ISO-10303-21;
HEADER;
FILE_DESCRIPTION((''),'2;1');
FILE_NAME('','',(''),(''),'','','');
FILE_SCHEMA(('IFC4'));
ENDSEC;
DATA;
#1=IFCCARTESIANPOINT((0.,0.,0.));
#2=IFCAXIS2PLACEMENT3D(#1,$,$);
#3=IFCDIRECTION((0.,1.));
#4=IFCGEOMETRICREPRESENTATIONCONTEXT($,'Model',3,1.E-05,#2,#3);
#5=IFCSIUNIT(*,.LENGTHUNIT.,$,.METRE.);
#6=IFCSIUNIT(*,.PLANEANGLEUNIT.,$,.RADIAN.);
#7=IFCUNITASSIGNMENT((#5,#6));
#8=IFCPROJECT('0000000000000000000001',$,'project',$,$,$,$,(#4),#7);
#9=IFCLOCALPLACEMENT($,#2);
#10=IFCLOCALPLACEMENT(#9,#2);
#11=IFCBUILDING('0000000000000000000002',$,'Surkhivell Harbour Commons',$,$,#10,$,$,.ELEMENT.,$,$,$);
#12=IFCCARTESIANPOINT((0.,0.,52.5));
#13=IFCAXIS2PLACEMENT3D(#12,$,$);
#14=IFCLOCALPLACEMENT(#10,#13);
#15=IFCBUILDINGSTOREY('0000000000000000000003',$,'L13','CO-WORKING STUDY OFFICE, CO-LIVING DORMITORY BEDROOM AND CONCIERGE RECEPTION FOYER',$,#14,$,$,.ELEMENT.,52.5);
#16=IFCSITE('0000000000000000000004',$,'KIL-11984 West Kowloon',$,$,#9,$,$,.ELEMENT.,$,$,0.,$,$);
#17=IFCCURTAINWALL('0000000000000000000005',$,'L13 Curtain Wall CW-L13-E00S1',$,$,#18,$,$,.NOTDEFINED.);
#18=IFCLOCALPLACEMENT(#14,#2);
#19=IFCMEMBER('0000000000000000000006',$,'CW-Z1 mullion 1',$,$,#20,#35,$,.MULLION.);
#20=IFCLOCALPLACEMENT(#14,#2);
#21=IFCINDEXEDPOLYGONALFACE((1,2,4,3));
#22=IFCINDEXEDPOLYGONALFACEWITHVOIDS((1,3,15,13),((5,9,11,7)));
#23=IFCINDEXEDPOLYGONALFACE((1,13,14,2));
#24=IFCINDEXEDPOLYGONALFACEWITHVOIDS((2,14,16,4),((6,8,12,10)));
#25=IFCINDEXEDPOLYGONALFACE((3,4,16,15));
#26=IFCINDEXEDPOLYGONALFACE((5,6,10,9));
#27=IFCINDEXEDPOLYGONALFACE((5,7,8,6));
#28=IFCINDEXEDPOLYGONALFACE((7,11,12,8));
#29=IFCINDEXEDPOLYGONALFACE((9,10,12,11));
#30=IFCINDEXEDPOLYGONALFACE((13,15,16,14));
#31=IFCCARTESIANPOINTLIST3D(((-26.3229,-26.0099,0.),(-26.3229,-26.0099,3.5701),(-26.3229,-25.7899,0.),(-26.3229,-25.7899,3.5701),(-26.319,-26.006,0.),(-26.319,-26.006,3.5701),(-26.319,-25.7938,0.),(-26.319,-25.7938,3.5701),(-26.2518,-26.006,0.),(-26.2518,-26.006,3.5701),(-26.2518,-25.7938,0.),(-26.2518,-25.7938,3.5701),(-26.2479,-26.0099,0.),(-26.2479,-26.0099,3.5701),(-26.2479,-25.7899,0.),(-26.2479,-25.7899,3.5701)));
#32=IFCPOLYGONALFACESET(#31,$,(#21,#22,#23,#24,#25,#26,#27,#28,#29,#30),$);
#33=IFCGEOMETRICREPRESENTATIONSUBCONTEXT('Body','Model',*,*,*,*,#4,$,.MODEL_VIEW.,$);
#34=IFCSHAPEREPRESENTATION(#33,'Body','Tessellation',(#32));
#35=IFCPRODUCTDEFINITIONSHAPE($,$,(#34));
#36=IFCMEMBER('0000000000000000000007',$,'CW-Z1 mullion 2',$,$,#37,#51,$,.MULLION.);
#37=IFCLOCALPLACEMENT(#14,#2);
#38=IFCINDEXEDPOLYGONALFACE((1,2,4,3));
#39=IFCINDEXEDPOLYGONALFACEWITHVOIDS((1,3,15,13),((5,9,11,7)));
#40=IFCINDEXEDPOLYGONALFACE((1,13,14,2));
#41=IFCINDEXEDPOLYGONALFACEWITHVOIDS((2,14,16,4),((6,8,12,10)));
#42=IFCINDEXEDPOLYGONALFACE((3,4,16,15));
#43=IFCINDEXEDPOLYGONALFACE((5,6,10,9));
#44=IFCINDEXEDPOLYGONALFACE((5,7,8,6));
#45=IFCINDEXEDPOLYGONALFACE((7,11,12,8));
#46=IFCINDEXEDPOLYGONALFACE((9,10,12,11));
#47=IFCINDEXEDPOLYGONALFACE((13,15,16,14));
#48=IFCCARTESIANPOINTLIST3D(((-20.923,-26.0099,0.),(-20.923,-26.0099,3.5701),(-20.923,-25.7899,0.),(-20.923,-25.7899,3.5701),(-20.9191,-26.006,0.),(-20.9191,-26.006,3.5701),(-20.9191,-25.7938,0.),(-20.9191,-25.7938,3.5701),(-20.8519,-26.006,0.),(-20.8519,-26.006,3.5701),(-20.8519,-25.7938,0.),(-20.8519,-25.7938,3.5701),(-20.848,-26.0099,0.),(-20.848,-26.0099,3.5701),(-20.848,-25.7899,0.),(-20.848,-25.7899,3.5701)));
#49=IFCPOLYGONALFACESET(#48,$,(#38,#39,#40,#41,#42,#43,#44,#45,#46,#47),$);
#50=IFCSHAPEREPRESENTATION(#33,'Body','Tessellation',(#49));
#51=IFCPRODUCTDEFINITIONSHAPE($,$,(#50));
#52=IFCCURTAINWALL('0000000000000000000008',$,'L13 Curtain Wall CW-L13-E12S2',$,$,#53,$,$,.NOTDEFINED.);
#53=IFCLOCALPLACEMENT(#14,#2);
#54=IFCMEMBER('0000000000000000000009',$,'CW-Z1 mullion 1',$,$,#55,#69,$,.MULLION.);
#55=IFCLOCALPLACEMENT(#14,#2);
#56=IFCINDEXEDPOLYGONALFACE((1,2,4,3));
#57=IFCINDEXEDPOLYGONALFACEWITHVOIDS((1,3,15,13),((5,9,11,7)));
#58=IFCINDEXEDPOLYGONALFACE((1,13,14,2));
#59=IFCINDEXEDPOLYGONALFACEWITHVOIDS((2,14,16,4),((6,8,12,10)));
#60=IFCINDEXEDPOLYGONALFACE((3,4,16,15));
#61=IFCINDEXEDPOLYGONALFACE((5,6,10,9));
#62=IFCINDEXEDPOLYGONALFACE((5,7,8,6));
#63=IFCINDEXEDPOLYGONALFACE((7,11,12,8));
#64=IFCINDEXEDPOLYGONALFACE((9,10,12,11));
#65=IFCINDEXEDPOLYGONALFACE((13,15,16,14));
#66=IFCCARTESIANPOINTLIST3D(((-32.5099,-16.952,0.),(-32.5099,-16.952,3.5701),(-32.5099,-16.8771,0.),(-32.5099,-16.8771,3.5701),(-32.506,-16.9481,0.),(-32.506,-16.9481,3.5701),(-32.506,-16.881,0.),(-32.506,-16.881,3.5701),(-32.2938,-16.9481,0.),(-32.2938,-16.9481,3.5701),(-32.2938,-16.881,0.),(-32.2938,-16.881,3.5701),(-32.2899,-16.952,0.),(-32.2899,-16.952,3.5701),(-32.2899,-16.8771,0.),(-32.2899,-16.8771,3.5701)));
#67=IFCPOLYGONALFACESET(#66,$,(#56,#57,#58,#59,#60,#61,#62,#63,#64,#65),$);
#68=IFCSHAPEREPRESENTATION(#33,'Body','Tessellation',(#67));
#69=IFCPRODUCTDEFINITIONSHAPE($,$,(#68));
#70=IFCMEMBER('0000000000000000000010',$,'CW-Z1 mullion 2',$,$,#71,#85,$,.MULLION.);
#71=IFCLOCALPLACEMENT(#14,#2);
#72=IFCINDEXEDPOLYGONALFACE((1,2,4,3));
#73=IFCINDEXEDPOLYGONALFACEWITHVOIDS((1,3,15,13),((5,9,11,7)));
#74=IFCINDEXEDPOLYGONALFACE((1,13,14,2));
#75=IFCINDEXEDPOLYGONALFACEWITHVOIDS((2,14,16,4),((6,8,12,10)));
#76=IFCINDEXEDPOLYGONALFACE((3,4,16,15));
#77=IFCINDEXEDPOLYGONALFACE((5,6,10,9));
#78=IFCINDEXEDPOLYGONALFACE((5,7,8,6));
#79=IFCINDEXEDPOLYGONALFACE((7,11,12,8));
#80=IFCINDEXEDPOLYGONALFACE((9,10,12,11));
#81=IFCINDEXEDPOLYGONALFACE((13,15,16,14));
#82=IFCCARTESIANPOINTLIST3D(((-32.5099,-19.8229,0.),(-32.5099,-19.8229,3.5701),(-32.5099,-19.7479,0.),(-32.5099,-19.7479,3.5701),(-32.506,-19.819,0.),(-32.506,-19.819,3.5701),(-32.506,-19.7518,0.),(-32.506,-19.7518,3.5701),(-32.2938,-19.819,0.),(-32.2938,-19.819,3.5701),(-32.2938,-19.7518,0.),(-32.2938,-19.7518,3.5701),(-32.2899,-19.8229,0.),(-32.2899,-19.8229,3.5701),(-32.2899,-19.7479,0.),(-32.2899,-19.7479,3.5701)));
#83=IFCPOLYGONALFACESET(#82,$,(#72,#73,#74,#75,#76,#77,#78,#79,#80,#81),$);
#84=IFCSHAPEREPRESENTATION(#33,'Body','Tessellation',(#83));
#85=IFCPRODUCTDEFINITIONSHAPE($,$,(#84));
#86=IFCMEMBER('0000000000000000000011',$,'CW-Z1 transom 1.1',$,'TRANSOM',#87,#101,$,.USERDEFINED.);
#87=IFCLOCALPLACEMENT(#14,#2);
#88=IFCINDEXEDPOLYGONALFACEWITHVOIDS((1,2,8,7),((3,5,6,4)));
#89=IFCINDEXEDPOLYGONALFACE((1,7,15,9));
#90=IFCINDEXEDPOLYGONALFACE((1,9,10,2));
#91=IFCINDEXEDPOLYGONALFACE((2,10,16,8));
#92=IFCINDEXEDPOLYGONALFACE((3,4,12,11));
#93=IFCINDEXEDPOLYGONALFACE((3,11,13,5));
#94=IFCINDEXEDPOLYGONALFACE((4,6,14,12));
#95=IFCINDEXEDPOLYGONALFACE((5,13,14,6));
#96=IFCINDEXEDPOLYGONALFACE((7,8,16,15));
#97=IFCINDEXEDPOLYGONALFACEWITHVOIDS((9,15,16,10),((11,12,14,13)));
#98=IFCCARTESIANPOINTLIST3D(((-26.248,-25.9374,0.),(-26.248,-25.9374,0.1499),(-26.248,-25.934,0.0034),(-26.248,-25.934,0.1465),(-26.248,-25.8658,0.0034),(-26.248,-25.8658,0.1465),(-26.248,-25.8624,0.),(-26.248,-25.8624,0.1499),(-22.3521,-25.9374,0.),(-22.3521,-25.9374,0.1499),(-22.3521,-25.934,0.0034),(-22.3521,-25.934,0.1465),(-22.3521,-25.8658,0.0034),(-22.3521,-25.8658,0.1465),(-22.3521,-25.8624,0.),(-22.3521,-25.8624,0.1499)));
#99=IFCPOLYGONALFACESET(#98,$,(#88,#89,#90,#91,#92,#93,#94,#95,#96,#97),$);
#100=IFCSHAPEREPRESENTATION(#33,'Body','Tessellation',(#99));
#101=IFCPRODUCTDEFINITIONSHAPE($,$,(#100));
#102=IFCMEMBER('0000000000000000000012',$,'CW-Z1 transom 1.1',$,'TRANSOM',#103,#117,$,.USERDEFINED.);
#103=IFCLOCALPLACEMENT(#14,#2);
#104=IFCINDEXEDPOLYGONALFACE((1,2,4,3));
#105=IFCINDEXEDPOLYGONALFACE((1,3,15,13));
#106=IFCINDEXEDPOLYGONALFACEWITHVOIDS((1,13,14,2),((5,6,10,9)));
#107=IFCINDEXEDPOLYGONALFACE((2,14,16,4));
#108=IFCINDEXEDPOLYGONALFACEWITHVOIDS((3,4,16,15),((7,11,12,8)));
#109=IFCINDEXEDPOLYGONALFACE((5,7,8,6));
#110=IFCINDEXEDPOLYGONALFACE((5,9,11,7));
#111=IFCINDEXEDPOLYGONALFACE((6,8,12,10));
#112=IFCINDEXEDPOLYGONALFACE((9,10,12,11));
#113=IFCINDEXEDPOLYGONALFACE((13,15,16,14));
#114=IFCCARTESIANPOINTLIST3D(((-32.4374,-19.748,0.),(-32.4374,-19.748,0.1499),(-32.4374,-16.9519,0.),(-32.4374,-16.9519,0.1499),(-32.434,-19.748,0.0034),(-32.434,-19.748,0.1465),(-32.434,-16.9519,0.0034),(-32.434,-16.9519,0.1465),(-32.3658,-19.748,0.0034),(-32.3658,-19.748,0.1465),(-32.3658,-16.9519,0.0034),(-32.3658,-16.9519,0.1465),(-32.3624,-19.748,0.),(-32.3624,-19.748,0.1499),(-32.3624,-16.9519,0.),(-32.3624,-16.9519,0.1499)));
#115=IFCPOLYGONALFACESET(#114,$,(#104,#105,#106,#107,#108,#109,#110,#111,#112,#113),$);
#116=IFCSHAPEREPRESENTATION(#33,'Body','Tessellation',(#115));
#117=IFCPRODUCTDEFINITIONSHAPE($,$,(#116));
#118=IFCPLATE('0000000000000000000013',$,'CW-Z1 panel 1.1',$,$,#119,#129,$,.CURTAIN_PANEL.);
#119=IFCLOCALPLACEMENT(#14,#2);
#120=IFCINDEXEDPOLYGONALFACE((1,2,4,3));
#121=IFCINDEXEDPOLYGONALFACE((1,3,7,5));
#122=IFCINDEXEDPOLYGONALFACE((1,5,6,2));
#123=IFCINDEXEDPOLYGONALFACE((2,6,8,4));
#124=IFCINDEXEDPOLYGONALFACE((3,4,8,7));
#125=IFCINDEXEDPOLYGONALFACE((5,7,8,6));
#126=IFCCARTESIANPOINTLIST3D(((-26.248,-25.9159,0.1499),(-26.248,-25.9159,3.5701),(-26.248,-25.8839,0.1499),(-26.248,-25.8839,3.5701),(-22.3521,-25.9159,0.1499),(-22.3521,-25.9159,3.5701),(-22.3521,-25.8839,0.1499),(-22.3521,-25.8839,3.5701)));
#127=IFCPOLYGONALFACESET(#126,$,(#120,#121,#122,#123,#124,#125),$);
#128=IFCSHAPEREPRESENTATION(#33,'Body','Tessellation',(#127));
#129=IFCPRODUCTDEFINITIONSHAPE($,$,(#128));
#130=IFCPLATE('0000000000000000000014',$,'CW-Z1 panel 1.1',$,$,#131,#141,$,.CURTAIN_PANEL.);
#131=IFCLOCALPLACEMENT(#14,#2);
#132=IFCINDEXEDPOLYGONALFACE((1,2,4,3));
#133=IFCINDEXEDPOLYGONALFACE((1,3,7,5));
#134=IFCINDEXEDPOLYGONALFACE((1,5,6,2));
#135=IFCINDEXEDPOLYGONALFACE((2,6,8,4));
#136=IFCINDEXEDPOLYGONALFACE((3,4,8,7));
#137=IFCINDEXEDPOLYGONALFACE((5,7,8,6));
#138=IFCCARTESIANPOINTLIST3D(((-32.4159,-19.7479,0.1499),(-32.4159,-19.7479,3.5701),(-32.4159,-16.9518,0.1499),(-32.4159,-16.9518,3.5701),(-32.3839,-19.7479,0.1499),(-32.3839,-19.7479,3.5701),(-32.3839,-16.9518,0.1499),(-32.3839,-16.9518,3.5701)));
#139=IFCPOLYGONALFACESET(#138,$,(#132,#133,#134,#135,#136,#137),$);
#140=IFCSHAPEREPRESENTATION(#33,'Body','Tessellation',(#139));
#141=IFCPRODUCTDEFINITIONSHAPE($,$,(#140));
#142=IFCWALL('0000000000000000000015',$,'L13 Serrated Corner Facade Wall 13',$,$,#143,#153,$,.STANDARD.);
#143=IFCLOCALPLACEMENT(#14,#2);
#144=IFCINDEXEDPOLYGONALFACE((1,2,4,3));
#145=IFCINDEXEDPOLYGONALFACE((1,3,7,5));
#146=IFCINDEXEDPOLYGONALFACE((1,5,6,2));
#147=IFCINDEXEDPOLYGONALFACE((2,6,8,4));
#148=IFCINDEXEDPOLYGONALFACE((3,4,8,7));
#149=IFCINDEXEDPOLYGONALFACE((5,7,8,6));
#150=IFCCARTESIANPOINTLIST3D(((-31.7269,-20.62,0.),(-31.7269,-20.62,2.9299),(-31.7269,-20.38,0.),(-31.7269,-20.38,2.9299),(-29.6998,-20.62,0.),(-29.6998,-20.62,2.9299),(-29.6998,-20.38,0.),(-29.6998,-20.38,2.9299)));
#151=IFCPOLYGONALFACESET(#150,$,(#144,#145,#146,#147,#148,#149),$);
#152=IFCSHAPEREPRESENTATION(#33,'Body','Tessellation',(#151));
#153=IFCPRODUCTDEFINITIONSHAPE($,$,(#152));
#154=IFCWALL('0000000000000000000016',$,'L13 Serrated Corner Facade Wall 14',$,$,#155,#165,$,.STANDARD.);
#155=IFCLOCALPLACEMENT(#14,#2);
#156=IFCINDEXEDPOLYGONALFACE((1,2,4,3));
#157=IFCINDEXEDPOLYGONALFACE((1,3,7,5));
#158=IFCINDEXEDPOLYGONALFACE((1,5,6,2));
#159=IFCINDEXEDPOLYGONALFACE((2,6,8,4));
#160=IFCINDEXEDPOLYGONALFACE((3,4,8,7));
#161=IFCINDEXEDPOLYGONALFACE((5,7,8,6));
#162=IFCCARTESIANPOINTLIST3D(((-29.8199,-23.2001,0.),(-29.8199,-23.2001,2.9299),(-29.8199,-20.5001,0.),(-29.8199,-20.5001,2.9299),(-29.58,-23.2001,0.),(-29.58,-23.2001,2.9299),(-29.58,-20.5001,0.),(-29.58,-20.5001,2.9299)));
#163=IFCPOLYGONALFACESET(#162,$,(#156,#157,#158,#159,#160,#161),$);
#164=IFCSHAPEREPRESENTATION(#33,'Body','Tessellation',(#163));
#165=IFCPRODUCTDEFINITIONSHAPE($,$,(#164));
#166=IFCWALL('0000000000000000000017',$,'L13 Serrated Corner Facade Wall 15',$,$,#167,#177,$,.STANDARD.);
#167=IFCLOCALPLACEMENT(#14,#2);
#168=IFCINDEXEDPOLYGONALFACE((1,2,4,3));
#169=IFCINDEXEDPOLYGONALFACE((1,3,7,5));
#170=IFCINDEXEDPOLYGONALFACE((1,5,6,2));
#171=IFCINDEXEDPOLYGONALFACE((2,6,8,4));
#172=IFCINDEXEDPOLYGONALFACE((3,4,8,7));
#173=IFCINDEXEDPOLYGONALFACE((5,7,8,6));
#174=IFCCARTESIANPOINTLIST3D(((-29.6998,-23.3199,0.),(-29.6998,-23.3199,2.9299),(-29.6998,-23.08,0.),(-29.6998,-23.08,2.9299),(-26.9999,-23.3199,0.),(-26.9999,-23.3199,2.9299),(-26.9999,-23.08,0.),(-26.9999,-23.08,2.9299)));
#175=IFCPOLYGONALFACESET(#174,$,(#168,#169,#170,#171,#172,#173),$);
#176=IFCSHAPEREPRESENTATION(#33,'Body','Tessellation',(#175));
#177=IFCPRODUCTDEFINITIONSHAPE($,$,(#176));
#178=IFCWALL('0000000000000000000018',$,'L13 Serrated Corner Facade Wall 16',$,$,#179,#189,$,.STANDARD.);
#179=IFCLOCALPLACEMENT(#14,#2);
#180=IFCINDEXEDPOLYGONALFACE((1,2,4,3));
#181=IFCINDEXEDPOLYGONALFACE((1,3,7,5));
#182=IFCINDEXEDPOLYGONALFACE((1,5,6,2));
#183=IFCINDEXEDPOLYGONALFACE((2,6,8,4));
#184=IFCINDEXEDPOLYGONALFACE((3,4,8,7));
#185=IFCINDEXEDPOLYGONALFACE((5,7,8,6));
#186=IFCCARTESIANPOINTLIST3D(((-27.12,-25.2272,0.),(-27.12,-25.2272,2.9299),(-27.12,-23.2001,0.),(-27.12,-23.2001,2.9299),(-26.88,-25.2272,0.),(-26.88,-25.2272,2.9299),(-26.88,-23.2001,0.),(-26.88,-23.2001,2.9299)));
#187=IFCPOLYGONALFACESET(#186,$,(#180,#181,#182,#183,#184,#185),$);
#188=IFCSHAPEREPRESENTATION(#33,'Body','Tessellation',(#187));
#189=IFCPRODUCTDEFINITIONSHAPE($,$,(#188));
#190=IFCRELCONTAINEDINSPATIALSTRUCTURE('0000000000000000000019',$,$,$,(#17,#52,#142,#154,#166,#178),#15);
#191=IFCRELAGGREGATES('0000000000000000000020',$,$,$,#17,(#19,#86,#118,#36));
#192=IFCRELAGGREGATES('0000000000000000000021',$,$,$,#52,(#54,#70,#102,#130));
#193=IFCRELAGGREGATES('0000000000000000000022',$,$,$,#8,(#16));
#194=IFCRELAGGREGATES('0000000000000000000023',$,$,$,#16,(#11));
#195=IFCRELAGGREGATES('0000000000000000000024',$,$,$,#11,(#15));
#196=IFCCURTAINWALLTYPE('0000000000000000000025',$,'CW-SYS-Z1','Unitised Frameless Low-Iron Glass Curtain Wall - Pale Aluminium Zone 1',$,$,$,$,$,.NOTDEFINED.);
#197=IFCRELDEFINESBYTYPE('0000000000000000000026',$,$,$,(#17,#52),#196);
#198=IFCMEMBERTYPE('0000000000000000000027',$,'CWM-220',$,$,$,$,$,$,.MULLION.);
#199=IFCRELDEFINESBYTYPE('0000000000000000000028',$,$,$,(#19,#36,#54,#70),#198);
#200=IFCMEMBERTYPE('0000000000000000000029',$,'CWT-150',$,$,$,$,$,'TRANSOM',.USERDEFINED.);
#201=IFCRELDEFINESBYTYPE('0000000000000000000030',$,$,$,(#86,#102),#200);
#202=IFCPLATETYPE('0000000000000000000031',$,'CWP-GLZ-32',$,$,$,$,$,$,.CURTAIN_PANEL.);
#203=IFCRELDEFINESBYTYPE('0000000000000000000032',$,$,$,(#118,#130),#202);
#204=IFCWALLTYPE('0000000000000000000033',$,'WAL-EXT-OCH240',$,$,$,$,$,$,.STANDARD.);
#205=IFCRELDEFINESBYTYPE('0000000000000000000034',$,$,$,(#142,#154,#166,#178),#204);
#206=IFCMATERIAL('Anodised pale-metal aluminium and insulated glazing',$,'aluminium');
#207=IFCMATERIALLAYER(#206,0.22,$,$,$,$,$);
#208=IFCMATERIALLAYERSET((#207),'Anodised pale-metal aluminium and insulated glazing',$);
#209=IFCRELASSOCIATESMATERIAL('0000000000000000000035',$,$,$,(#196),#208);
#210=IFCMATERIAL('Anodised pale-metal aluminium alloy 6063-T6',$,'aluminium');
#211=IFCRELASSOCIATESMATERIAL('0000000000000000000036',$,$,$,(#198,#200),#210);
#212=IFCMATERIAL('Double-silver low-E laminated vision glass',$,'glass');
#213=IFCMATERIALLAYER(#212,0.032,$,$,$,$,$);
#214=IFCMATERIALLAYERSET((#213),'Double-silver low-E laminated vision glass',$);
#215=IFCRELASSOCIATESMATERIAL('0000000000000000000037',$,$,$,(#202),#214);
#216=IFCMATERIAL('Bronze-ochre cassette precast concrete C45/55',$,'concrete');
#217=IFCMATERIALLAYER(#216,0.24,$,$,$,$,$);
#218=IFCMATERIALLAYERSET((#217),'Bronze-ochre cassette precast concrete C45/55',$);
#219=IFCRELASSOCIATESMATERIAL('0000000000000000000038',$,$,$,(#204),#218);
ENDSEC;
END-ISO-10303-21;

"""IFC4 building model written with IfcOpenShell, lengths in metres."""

from ifc_helpers import new_model, si_unit, direction, frame, frame_2d, origin, origin_2d, place, context, subcontext, project, spatial, rectangle, hollow_rectangle, extrude, material, layer, layer_set, material_profile, profile_set, type_object, element, aggregate, save


model = new_model("IFC4")

# Units and contexts
model_context = context("Model", 3, precision=1e-05, world=origin(), true_north=direction((0.0, 1.0)))
body_context = subcontext(model_context, "Body", "Model", "MODEL_VIEW")
ifc_project = project(units=[si_unit("LENGTHUNIT", "METRE"), si_unit("PLANEANGLEUNIT", "RADIAN")], contexts=[model_context])

# Site, building, storey
site_placement = place(None, origin())
site = spatial("IfcSite", under=ifc_project, at=site_placement, Name="KIL-11984 West Kowloon", CompositionType="ELEMENT", RefElevation=0.0)
building_placement = place(site_placement, origin())
building = spatial("IfcBuilding", under=site, at=building_placement, Name="Surkhivell Harbour Commons", CompositionType="ELEMENT")
storey_placement = place(building_placement, frame((0.0, 0.0, 52.5)))
storey = spatial("IfcBuildingStorey", under=building, at=storey_placement, Name="L13", Description="CO-WORKING STUDY OFFICE, CO-LIVING DORMITORY BEDROOM AND CONCIERGE RECEPTION FOYER", CompositionType="ELEMENT", Elevation=52.5)

# Curtain walls, members
ifc_material_1 = material(Name="Anodised pale-metal aluminium and insulated glazing", Category="aluminium")
ifc_layer_1 = layer(ifc_material_1, 0.22)
ifc_layer_set_1 = layer_set([ifc_layer_1], Name="Anodised pale-metal aluminium and insulated glazing")
curtain_wall_type = type_object("IfcCurtainWallType", Name="CW-SYS-Z1", Description="Unitised Frameless Low-Iron Glass Curtain Wall - Pale Aluminium Zone 1", PredefinedType="NOTDEFINED", material=ifc_layer_set_1)
curtain_wall_1_placement = place(storey_placement, origin())
curtain_wall_1 = element("IfcCurtainWall", 1, at=curtain_wall_1_placement, inside=storey, type_object=curtain_wall_type, Name="L13 Curtain Wall CW-L13-E00S1", PredefinedType="NOTDEFINED")
ifc_material_2 = material(Name="Anodised pale-metal aluminium alloy 6063-T6", Category="aluminium")
ifc_material_profile_1 = material_profile(ifc_material_2, hollow_rectangle(XDim=0.075, YDim=0.22, WallThickness=0.0039, at=origin_2d()), Name="ALU-MULL-75x220")
ifc_profile_set_1 = profile_set([ifc_material_profile_1], Name="Anodised pale-metal aluminium alloy 6063-T6")
member_type_1 = type_object("IfcMemberType", Name="CWM-220", PredefinedType="MULLION", material=ifc_profile_set_1)
member_1_placement = place(storey_placement, frame((-26.2854, -25.8999, 0.0), z_axis=(0.0, 0.0, 1.0), x_axis=(1.0, 0.0, 0.0)))
member_1 = element("IfcMember", 2, at=member_1_placement, type_object=member_type_1, Name="CW-Z1 mullion 1", PredefinedType="MULLION", context=body_context, shape_type="SweptSolid", body=[
    extrude(hollow_rectangle(XDim=0.075, YDim=0.22, WallThickness=0.0039, at=origin_2d()), origin(), (0.0, 0.0, 1.0), 3.5701),
])
member_2_placement = place(storey_placement, frame((-20.8855, -25.8999, 0.0), z_axis=(0.0, 0.0, 1.0), x_axis=(1.0, 0.0, 0.0)))
member_2 = element("IfcMember", 3, at=member_2_placement, type_object=member_type_1, Name="CW-Z1 mullion 2", PredefinedType="MULLION", context=body_context, shape_type="SweptSolid", body=[
    extrude(hollow_rectangle(XDim=0.075, YDim=0.22, WallThickness=0.0039, at=origin_2d()), origin(), (0.0, 0.0, 1.0), 3.5701),
])
curtain_wall_2_placement = place(storey_placement, origin())
curtain_wall_2 = element("IfcCurtainWall", 4, at=curtain_wall_2_placement, inside=storey, type_object=curtain_wall_type, Name="L13 Curtain Wall CW-L13-E12S2", PredefinedType="NOTDEFINED")
member_3_placement = place(storey_placement, frame((-32.3999, -16.9146, 0.0), z_axis=(0.0, 0.0, 1.0), x_axis=(0.0, -1.0, 0.0)))
member_3 = element("IfcMember", 5, at=member_3_placement, type_object=member_type_1, Name="CW-Z1 mullion 1", PredefinedType="MULLION", context=body_context, shape_type="SweptSolid", body=[
    extrude(hollow_rectangle(XDim=0.075, YDim=0.22, WallThickness=0.0039, at=origin_2d()), origin(), (0.0, 0.0, 1.0), 3.5701),
])
member_4_placement = place(storey_placement, frame((-32.3999, -19.7854, 0.0), z_axis=(0.0, 0.0, 1.0), x_axis=(0.0, -1.0, 0.0)))
member_4 = element("IfcMember", 6, at=member_4_placement, type_object=member_type_1, Name="CW-Z1 mullion 2", PredefinedType="MULLION", context=body_context, shape_type="SweptSolid", body=[
    extrude(hollow_rectangle(XDim=0.075, YDim=0.22, WallThickness=0.0039, at=origin_2d()), origin(), (0.0, 0.0, 1.0), 3.5701),
])

# Members
ifc_material_profile_2 = material_profile(ifc_material_2, hollow_rectangle(XDim=0.075, YDim=0.1499, WallThickness=0.0034, at=origin_2d()), Name="ALU-TRAN-75x150")
ifc_profile_set_2 = profile_set([ifc_material_profile_2], Name="Anodised pale-metal aluminium alloy 6063-T6")
member_type_2 = type_object("IfcMemberType", Name="CWT-150", ElementType="TRANSOM", PredefinedType="USERDEFINED", material=ifc_profile_set_2)
member_5_placement = place(storey_placement, frame((-26.248, -25.8999, 0.075), z_axis=(1.0, 0.0, 0.0), x_axis=(0.0, 1.0, 0.0)))
member_5 = element("IfcMember", 7, at=member_5_placement, type_object=member_type_2, Name="CW-Z1 transom 1.1", ObjectType="TRANSOM", PredefinedType="USERDEFINED", context=body_context, shape_type="SweptSolid", body=[
    extrude(hollow_rectangle(XDim=0.075, YDim=0.1499, WallThickness=0.0034, at=origin_2d()), origin(), (0.0, 0.0, 1.0), 3.896),
])
member_6_placement = place(storey_placement, frame((-32.3999, -16.9519, 0.075), z_axis=(0.0, -1.0, 0.0), x_axis=(1.0, 0.0, 0.0)))
member_6 = element("IfcMember", 8, at=member_6_placement, type_object=member_type_2, Name="CW-Z1 transom 1.1", ObjectType="TRANSOM", PredefinedType="USERDEFINED", context=body_context, shape_type="SweptSolid", body=[
    extrude(hollow_rectangle(XDim=0.075, YDim=0.1499, WallThickness=0.0034, at=origin_2d()), origin(), (0.0, 0.0, 1.0), 2.7961),
])

# Plates
ifc_material_3 = material(Name="Double-silver low-E laminated vision glass", Category="glass")
ifc_layer_2 = layer(ifc_material_3, 0.032)
ifc_layer_set_2 = layer_set([ifc_layer_2], Name="Double-silver low-E laminated vision glass")
plate_type = type_object("IfcPlateType", Name="CWP-GLZ-32", PredefinedType="CURTAIN_PANEL", material=ifc_layer_set_2)
plate_1_placement = place(storey_placement, frame((-26.248, -25.8999, 0.1499), z_axis=(0.0, 0.0, 1.0), x_axis=(1.0, 0.0, 0.0)))
plate_1 = element("IfcPlate", 9, at=plate_1_placement, type_object=plate_type, Name="CW-Z1 panel 1.1", PredefinedType="CURTAIN_PANEL", context=body_context, shape_type="SweptSolid", body=[
    extrude(rectangle(XDim=3.896, YDim=0.032, at=frame_2d((1.948, 0.0))), origin(), (0.0, 0.0, 1.0), 3.4202),
])
aggregate(curtain_wall_1, [member_1, member_5, plate_1, member_2])
plate_2_placement = place(storey_placement, frame((-32.3999, -16.9519, 0.1499), z_axis=(0.0, 0.0, 1.0), x_axis=(0.0, -1.0, 0.0)))
plate_2 = element("IfcPlate", 10, at=plate_2_placement, type_object=plate_type, Name="CW-Z1 panel 1.1", PredefinedType="CURTAIN_PANEL", context=body_context, shape_type="SweptSolid", body=[
    extrude(rectangle(XDim=2.7961, YDim=0.032, at=frame_2d((1.3979, 0.0))), origin(), (0.0, 0.0, 1.0), 3.4202),
])
aggregate(curtain_wall_2, [member_3, member_4, member_6, plate_2])

# Walls
ifc_material_4 = material(Name="Bronze-ochre cassette precast concrete C45/55", Category="concrete")
ifc_layer_3 = layer(ifc_material_4, 0.24)
ifc_layer_set_3 = layer_set([ifc_layer_3], Name="Bronze-ochre cassette precast concrete C45/55")
wall_type = type_object("IfcWallType", Name="WAL-EXT-OCH240", PredefinedType="STANDARD", material=ifc_layer_set_3)
wall_1_placement = place(storey_placement, frame((-31.7271, -20.5, 0.0), z_axis=(0.0, 0.0, 1.0), x_axis=(1.0, 0.0, 0.0)))
element("IfcWall", 11, at=wall_1_placement, inside=storey, type_object=wall_type, Name="L13 Serrated Corner Facade Wall 13", PredefinedType="STANDARD", context=body_context, shape_type="SweptSolid", body=[
    extrude(rectangle(XDim=2.0271, YDim=0.24, at=frame_2d((1.0137, 0.0))), origin(), (0.0, 0.0, 1.0), 2.9299),
])
for number, where, z_axis, x_axis, name in (
    (12, (-29.7, -20.5, 0.0), (0.0, 0.0, 1.0), (0.0, -1.0, 0.0), "L13 Serrated Corner Facade Wall 14"),
    (13, (-29.7, -23.2, 0.0), (0.0, 0.0, 1.0), (1.0, 0.0, 0.0), "L13 Serrated Corner Facade Wall 15"),
):
    element("IfcWall", number, at=place(storey_placement, frame(where, z_axis=z_axis, x_axis=x_axis)), inside=storey, type_object=wall_type, Name=name, PredefinedType="STANDARD", context=body_context, shape_type="SweptSolid", body=[
        extrude(rectangle(XDim=2.7, YDim=0.24, at=frame_2d((1.3501, 0.0))), origin(), (0.0, 0.0, 1.0), 2.9299),
    ])
wall_2_placement = place(storey_placement, frame((-27.0, -23.2, 0.0), z_axis=(0.0, 0.0, 1.0), x_axis=(0.0, -1.0, 0.0)))
element("IfcWall", 14, at=wall_2_placement, inside=storey, type_object=wall_type, Name="L13 Serrated Corner Facade Wall 16", PredefinedType="STANDARD", context=body_context, shape_type="SweptSolid", body=[
    extrude(rectangle(XDim=2.0271, YDim=0.24, at=frame_2d((1.0137, 0.0))), origin(), (0.0, 0.0, 1.0), 2.9299),
])

save(model, "model.ifc")
